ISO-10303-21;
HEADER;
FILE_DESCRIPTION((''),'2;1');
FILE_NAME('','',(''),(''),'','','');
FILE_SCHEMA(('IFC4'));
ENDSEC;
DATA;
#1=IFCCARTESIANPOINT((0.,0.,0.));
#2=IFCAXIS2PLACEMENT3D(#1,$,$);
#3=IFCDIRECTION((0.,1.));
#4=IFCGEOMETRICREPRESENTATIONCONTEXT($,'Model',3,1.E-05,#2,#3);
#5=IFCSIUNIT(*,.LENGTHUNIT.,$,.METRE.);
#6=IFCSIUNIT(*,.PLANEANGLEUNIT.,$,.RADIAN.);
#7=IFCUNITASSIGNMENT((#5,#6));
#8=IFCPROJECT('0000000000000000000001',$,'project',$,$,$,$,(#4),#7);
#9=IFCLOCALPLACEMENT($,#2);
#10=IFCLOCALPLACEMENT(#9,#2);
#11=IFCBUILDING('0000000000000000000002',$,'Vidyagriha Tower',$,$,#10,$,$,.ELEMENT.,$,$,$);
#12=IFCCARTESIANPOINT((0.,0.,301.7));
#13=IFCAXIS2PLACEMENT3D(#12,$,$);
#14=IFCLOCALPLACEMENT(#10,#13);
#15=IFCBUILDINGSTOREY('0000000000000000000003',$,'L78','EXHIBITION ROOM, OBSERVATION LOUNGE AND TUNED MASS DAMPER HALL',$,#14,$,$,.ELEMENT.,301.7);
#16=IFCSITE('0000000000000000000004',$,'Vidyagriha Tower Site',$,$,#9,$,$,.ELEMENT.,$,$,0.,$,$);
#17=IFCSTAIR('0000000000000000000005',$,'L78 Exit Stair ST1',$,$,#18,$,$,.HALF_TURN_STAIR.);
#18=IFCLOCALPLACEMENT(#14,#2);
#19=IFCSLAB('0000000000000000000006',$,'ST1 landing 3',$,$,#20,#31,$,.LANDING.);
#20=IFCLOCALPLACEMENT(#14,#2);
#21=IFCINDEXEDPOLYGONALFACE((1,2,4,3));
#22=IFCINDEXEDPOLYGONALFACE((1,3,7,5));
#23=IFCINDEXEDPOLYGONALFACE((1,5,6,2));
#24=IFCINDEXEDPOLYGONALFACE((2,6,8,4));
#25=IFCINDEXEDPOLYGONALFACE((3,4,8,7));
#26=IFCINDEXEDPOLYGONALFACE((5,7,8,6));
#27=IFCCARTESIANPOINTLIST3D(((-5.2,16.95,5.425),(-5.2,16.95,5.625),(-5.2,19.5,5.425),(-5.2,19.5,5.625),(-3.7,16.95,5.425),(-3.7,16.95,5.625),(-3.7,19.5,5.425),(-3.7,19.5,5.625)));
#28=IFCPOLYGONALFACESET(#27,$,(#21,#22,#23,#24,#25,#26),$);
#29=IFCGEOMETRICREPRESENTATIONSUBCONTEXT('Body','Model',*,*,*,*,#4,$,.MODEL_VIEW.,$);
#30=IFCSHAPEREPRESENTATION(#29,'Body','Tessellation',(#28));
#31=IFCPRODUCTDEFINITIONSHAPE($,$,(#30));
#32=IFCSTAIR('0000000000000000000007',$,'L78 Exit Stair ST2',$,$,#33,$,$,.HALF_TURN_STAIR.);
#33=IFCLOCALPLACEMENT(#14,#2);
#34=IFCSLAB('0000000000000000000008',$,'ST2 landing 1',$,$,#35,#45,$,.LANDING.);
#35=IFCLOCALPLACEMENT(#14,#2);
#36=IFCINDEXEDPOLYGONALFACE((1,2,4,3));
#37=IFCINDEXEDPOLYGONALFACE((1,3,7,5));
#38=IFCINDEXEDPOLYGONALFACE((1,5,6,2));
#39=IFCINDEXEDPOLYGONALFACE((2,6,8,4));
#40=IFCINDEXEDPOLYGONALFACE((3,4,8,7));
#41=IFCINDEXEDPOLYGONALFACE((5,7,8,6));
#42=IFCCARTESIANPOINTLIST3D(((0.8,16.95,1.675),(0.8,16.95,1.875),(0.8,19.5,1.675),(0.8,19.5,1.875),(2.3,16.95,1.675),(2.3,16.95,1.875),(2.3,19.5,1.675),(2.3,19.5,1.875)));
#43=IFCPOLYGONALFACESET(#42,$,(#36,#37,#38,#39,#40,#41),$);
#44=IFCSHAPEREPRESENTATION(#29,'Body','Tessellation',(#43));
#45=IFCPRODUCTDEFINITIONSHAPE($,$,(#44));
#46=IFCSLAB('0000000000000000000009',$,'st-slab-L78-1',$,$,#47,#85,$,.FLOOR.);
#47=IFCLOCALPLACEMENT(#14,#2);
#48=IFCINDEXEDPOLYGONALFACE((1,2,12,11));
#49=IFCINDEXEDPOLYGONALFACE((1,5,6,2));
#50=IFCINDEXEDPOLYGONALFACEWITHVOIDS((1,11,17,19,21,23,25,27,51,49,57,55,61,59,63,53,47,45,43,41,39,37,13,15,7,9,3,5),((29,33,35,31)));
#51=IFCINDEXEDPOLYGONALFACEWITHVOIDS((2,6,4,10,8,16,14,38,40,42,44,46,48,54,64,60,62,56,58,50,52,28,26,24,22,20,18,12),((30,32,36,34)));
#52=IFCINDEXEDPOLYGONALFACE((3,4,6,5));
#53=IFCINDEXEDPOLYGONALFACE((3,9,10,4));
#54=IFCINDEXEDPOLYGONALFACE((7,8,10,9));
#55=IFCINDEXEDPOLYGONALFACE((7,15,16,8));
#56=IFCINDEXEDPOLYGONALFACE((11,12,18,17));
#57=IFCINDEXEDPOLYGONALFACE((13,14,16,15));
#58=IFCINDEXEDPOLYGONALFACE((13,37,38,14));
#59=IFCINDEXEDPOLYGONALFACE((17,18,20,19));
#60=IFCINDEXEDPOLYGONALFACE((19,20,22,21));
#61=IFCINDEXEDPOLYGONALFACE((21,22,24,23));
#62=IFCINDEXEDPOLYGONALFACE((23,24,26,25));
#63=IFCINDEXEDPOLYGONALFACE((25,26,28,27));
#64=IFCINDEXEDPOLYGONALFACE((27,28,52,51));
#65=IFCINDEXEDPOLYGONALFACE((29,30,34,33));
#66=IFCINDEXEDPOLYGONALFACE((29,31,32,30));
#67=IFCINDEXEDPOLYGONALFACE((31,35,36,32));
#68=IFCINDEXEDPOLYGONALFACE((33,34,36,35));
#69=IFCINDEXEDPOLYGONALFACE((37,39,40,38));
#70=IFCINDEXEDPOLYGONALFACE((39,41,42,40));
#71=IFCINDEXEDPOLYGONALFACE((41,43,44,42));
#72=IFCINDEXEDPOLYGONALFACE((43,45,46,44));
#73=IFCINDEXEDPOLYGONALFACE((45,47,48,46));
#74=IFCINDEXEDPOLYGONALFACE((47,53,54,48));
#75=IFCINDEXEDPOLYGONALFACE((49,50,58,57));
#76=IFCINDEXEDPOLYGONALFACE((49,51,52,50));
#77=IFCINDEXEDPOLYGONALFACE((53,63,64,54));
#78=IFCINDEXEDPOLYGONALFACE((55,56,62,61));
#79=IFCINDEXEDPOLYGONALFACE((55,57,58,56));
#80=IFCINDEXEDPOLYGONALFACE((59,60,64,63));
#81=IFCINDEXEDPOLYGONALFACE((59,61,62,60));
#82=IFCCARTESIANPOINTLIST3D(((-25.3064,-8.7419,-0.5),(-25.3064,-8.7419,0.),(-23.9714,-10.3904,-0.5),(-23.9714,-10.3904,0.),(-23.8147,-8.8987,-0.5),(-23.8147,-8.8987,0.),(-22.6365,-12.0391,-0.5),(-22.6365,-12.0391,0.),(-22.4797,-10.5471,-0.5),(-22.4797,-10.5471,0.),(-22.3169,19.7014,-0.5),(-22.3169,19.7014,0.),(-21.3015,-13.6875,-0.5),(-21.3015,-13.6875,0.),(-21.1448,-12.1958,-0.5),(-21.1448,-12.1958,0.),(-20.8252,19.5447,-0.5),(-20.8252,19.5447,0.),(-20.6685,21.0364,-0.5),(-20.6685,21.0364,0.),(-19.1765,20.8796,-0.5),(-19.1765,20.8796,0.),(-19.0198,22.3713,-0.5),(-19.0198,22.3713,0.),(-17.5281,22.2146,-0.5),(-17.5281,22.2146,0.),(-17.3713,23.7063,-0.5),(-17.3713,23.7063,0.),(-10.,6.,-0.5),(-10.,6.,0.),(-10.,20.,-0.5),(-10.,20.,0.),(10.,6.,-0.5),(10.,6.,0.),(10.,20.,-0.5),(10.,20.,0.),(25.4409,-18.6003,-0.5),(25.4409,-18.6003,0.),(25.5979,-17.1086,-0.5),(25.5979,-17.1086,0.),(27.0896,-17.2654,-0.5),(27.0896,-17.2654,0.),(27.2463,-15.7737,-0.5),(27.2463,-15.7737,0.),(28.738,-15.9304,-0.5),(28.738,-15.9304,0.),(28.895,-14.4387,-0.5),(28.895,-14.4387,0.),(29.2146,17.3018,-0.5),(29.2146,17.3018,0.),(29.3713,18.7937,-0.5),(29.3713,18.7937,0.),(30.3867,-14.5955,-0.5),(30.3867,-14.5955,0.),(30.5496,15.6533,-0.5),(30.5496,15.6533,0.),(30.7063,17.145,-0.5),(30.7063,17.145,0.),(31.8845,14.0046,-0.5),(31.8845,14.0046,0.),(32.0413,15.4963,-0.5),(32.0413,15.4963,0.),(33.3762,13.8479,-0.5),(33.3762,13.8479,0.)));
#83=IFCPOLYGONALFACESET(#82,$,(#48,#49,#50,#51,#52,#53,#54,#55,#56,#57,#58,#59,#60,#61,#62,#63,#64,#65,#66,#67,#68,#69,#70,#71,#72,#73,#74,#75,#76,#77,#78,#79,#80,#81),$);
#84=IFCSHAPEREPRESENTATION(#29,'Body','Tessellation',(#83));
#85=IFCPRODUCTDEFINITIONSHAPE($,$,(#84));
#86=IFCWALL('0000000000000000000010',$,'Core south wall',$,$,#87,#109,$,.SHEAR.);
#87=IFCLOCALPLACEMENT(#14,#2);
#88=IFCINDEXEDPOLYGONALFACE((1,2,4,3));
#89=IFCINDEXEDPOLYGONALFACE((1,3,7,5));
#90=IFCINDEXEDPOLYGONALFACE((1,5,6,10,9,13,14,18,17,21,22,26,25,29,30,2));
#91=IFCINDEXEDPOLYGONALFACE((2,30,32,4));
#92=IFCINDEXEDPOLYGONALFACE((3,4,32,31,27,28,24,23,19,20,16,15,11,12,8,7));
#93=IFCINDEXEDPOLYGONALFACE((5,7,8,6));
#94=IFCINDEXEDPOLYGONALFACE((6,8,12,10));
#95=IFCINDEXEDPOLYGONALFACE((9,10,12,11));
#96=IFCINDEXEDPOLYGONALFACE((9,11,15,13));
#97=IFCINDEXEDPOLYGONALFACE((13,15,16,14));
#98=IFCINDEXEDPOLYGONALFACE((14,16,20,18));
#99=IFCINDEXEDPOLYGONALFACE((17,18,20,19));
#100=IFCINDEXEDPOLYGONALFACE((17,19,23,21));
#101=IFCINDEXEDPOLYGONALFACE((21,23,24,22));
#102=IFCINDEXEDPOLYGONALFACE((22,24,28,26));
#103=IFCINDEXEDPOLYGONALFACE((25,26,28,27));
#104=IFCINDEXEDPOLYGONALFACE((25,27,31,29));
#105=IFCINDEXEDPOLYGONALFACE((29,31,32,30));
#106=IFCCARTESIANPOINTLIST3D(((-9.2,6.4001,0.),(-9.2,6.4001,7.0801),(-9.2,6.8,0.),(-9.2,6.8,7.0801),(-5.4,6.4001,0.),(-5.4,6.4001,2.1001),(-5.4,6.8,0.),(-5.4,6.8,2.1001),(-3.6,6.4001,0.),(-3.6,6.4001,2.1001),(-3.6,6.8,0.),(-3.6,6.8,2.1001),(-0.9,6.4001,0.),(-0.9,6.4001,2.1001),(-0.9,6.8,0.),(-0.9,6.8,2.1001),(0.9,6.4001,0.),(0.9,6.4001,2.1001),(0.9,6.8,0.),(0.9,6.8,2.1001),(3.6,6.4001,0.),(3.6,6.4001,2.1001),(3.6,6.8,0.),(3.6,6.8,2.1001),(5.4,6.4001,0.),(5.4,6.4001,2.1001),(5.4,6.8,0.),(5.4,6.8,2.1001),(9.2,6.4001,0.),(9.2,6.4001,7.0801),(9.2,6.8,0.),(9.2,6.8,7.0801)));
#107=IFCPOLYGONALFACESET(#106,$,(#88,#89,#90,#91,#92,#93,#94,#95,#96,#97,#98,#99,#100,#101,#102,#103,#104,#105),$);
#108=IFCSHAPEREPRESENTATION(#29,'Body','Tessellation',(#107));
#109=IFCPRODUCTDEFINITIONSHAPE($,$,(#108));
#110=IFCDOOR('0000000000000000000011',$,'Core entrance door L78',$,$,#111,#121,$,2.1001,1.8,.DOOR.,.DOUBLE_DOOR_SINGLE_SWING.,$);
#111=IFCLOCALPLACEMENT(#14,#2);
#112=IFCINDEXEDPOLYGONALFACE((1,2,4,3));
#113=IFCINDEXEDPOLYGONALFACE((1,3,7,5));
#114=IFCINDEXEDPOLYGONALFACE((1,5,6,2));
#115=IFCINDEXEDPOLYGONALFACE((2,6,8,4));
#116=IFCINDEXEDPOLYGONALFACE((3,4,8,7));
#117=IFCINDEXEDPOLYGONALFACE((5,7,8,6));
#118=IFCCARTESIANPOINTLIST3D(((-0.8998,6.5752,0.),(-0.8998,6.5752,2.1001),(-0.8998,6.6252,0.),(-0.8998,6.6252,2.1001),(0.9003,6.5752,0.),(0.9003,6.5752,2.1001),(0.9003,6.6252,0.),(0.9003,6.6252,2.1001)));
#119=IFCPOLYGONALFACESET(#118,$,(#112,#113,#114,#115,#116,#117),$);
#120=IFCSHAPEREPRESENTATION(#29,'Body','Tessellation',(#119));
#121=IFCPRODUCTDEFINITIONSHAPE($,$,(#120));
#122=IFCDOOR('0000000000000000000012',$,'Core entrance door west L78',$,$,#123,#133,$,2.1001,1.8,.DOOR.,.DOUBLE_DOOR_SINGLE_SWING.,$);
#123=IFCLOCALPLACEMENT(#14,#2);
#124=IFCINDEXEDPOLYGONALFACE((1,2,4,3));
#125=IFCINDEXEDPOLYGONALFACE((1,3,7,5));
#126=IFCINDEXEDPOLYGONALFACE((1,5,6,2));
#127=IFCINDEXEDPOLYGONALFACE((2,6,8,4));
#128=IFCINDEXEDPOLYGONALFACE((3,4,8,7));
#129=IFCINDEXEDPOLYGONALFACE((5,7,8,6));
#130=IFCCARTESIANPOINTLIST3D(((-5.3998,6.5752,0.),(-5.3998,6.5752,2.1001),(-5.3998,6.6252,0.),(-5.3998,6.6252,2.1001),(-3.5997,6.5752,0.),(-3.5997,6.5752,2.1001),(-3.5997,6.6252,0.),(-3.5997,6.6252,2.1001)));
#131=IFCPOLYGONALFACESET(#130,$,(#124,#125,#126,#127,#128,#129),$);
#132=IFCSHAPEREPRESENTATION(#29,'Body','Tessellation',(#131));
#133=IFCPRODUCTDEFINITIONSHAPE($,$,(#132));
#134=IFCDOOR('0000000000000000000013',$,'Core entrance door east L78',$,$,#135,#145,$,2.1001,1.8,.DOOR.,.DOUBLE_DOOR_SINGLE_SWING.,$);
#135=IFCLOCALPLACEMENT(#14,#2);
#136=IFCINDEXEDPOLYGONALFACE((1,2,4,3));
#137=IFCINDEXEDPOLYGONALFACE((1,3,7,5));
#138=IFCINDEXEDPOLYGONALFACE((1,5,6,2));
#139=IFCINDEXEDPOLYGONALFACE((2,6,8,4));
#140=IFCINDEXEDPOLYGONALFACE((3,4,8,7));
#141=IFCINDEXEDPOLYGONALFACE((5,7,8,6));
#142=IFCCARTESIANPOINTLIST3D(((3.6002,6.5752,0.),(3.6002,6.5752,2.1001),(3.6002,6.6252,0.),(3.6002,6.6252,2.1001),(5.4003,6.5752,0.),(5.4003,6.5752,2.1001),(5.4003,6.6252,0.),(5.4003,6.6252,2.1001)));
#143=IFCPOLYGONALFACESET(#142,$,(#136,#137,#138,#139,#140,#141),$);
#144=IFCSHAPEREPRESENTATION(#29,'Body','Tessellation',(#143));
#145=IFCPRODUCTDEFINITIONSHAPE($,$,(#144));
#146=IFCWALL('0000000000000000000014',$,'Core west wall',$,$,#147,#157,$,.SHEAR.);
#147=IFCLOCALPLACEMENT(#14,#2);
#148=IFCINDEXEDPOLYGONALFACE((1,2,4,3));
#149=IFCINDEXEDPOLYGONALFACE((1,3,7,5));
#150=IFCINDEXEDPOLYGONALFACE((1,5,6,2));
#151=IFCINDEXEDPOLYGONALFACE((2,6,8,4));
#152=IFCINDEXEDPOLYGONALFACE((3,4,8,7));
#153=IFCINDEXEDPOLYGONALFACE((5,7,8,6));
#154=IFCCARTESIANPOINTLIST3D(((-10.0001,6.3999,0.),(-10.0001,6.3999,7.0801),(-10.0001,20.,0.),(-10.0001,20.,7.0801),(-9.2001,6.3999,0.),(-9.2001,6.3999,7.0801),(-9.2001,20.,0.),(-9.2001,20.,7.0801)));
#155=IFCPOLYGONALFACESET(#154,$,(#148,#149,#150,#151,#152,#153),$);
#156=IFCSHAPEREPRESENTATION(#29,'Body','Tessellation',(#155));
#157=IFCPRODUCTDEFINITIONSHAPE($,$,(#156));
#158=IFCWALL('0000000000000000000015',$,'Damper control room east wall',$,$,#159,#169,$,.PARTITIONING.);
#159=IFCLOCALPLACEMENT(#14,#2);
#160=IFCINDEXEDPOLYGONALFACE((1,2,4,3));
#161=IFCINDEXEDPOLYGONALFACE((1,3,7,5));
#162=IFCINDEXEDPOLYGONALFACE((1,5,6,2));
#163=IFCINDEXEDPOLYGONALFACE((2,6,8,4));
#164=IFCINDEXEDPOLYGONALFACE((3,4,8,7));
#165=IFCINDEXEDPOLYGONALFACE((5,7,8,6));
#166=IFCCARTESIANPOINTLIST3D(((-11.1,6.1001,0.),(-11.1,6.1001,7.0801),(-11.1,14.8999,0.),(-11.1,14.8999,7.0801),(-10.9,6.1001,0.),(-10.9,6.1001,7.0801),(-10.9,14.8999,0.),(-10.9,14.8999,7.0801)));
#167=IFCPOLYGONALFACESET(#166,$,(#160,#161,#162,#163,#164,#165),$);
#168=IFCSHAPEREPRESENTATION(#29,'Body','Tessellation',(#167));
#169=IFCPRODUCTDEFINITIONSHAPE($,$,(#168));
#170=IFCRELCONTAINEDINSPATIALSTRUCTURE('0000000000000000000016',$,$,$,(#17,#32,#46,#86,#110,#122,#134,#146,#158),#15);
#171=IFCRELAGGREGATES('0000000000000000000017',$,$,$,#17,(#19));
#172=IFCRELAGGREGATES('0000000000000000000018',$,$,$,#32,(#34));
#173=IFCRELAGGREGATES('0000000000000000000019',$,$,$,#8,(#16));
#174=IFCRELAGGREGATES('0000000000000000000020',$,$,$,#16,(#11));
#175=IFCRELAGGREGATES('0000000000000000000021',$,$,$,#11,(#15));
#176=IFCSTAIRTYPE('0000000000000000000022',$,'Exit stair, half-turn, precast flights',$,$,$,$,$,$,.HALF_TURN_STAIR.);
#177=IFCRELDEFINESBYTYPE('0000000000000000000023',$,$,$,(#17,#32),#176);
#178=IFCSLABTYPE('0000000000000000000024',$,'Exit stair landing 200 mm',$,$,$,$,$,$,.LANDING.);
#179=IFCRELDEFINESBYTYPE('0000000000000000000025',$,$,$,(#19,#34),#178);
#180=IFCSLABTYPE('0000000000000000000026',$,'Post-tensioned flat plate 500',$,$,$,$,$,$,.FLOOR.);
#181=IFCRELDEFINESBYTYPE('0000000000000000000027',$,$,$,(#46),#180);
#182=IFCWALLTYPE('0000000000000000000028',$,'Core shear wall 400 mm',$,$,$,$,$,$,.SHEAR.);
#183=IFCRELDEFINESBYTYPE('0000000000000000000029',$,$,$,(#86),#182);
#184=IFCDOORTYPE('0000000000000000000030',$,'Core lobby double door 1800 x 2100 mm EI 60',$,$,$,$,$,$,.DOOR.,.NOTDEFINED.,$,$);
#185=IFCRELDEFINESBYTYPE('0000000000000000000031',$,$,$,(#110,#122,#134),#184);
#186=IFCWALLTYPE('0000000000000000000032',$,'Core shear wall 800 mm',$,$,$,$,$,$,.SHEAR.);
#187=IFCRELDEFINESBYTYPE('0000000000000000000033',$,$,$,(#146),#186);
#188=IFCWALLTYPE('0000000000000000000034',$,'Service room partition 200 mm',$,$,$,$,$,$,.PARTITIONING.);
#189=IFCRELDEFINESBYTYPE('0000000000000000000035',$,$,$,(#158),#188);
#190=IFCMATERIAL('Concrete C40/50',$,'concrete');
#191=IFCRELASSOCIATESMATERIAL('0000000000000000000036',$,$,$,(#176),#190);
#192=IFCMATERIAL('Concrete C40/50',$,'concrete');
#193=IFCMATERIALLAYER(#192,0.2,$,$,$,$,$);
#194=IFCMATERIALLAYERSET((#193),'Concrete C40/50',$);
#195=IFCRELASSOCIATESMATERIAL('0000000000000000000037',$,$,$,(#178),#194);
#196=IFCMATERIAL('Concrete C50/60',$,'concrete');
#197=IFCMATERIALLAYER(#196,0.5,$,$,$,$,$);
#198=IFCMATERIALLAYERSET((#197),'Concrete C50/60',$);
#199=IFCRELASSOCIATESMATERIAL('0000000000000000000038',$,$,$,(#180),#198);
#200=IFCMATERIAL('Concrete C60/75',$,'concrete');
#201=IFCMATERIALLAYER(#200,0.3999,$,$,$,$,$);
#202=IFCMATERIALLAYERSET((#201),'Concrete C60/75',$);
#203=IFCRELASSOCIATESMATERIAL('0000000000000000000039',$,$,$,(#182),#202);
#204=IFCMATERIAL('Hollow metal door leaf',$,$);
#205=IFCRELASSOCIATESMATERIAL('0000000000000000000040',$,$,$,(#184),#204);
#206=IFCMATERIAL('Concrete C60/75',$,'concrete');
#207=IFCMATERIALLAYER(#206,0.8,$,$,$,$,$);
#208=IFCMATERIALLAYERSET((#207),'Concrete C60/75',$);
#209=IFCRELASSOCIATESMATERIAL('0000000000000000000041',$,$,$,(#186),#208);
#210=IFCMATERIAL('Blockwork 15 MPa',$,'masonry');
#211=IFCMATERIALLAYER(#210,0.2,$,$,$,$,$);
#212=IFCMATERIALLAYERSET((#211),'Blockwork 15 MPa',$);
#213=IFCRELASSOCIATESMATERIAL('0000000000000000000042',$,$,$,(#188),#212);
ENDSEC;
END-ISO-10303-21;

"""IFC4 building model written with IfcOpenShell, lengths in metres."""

from ifc_helpers import new_model, si_unit, direction, frame, frame_2d, origin, place, context, subcontext, project, spatial, polyline, rectangle, outline, extrude, material, layer, layer_set, type_object, element, fill, aggregate, save


model = new_model("IFC4")

# Units and contexts
model_context = context("Model", 3, precision=1e-05, world=origin(), true_north=direction((0.0, 1.0)))
body_context = subcontext(model_context, "Body", "Model", "MODEL_VIEW")
ifc_project = project(units=[si_unit("LENGTHUNIT", "METRE"), si_unit("PLANEANGLEUNIT", "RADIAN")], contexts=[model_context])

# Site, building, storey
site_placement = place(None, origin())
site = spatial("IfcSite", under=ifc_project, at=site_placement, Name="Vidyagriha Tower Site", CompositionType="ELEMENT", RefElevation=0.0)
building_placement = place(site_placement, origin())
building = spatial("IfcBuilding", under=site, at=building_placement, Name="Vidyagriha Tower", CompositionType="ELEMENT")
storey_placement = place(building_placement, frame((0.0, 0.0, 301.7)))
storey = spatial("IfcBuildingStorey", under=building, at=storey_placement, Name="L78", Description="EXHIBITION ROOM, OBSERVATION LOUNGE AND TUNED MASS DAMPER HALL", CompositionType="ELEMENT", Elevation=301.7)

# Stair, slab
ifc_material_1 = material(Name="Concrete C40/50", Category="concrete")
stair_type = type_object("IfcStairType", Name="Exit stair, half-turn, precast flights", PredefinedType="HALF_TURN_STAIR", material=ifc_material_1)
stair_1_placement = place(storey_placement, origin())
stair_1 = element("IfcStair", 1, at=stair_1_placement, inside=storey, type_object=stair_type, Name="L78 Exit Stair ST1", PredefinedType="HALF_TURN_STAIR")
ifc_material_2 = material(Name="Concrete C40/50", Category="concrete")
ifc_layer_1 = layer(ifc_material_2, 0.2)
ifc_layer_set_1 = layer_set([ifc_layer_1], Name="Concrete C40/50")
slab_type_1 = type_object("IfcSlabType", Name="Exit stair landing 200 mm", PredefinedType="LANDING", material=ifc_layer_set_1)
slab_1_placement = place(storey_placement, frame((0.0, 0.0, 5.425)))
slab_1 = element("IfcSlab", 2, at=slab_1_placement, type_object=slab_type_1, Name="ST1 landing 3", PredefinedType="LANDING", context=body_context, shape_type="SweptSolid", body=[
    extrude(outline(polyline([(-5.2, 16.95), (-3.7, 16.95), (-3.7, 19.5), (-5.2, 19.5), (-5.2, 16.95)])), origin(), (0.0, 0.0, 1.0), 0.2),
])
aggregate(stair_1, [slab_1])

# Stair, slab
stair_2_placement = place(storey_placement, origin())
stair_2 = element("IfcStair", 3, at=stair_2_placement, inside=storey, type_object=stair_type, Name="L78 Exit Stair ST2", PredefinedType="HALF_TURN_STAIR")
slab_2_placement = place(storey_placement, frame((0.0, 0.0, 1.675)))
slab_2 = element("IfcSlab", 4, at=slab_2_placement, type_object=slab_type_1, Name="ST2 landing 1", PredefinedType="LANDING", context=body_context, shape_type="SweptSolid", body=[
    extrude(outline(polyline([(0.8, 16.95), (2.3, 16.95), (2.3, 19.5), (0.8, 19.5), (0.8, 16.95)])), origin(), (0.0, 0.0, 1.0), 0.2),
])
aggregate(stair_2, [slab_2])

# Slab
ifc_material_3 = material(Name="Concrete C50/60", Category="concrete")
ifc_layer_2 = layer(ifc_material_3, 0.5)
ifc_layer_set_2 = layer_set([ifc_layer_2], Name="Concrete C50/60")
slab_type_2 = type_object("IfcSlabType", Name="Post-tensioned flat plate 500", PredefinedType="FLOOR", material=ifc_layer_set_2)
slab_3_placement = place(storey_placement, frame((0.0, 0.0, -0.5)))
element("IfcSlab", 5, at=slab_3_placement, inside=storey, type_object=slab_type_2, Name="st-slab-L78-1", PredefinedType="FLOOR", context=body_context, shape_type="SweptSolid", body=[
    extrude(outline(polyline([(28.895, -14.4387), (28.738, -15.9304), (27.2463, -15.7737), (27.0896, -17.2654), (25.5979, -17.1086), (25.4409, -18.6003), (-21.3015, -13.6875), (-21.1448, -12.1958), (-22.6365, -12.0391), (-22.4797, -10.5471), (-23.9714, -10.3904), (-23.8147, -8.8987), (-25.3064, -8.7419), (-22.3169, 19.7014), (-20.8252, 19.5447), (-20.6685, 21.0364), (-19.1765, 20.8796), (-19.0198, 22.3713), (-17.5281, 22.2146), (-17.3713, 23.7063), (29.3713, 18.7937), (29.2146, 17.3018), (30.7063, 17.145), (30.5496, 15.6533), (32.0413, 15.4963), (31.8845, 14.0046), (33.3762, 13.8479), (30.3867, -14.5955), (28.895, -14.4387)]), holes=[polyline([(10.0, 20.0), (-10.0, 20.0), (-10.0, 6.0), (10.0, 6.0), (10.0, 20.0)])]), origin(), (0.0, 0.0, 1.0), 0.5),
])

# Wall, openings, doors
ifc_material_4 = material(Name="Concrete C60/75", Category="concrete")
ifc_layer_3 = layer(ifc_material_4, 0.3999)
ifc_layer_set_3 = layer_set([ifc_layer_3], Name="Concrete C60/75")
wall_type_1 = type_object("IfcWallType", Name="Core shear wall 400 mm", PredefinedType="SHEAR", material=ifc_layer_set_3)
wall_1_placement = place(storey_placement, frame((-9.2, 6.6001, 0.0)))
wall_1 = element("IfcWall", 6, at=wall_1_placement, inside=storey, type_object=wall_type_1, Name="Core south wall", PredefinedType="SHEAR", context=body_context, shape_type="SweptSolid", body=[
    extrude(rectangle(XDim=18.3999, YDim=0.3999, at=frame_2d((9.2, 0.0))), origin(), (0.0, 0.0, 1.0), 7.0801),
])
opening_1_placement = place(wall_1_placement, frame((8.3, 0.0, 0.0)))
opening_1 = element("IfcOpeningElement", 7, at=opening_1_placement, cuts=wall_1, PredefinedType="OPENING", context=body_context, shape_type="SweptSolid", body=[
    extrude(rectangle(XDim=1.8, YDim=2.1001, at=frame_2d((0.8999, 1.05))), frame((0.0, 0.21, 0.0), z_axis=(0.0, -1.0, 0.0), x_axis=(1.0, 0.0, 0.0)), (0.0, 0.0, 1.0), 0.4199),
])
opening_2_placement = place(wall_1_placement, frame((3.8, 0.0, 0.0)))
opening_2 = element("IfcOpeningElement", 8, at=opening_2_placement, cuts=wall_1, PredefinedType="OPENING", context=body_context, shape_type="SweptSolid", body=[
    extrude(rectangle(XDim=1.8, YDim=2.1001, at=frame_2d((0.8999, 1.05))), frame((0.0, 0.21, 0.0), z_axis=(0.0, -1.0, 0.0), x_axis=(1.0, 0.0, 0.0)), (0.0, 0.0, 1.0), 0.4199),
])
opening_3_placement = place(wall_1_placement, frame((12.8, 0.0, 0.0)))
opening_3 = element("IfcOpeningElement", 9, at=opening_3_placement, cuts=wall_1, PredefinedType="OPENING", context=body_context, shape_type="SweptSolid", body=[
    extrude(rectangle(XDim=1.8, YDim=2.1001, at=frame_2d((0.8999, 1.05))), frame((0.0, 0.21, 0.0), z_axis=(0.0, -1.0, 0.0), x_axis=(1.0, 0.0, 0.0)), (0.0, 0.0, 1.0), 0.4199),
])
ifc_material_5 = material(Name="Hollow metal door leaf")
door_type_1 = type_object("IfcDoorType", Name="Core lobby double door 1800 x 2100 mm EI 60", OperationType="NOTDEFINED", PredefinedType="DOOR", material=ifc_material_5)
door_1_placement = place(opening_1_placement, frame((1.8, 0.0, 0.0), z_axis=(0.0, 0.0, 1.0), x_axis=(-1.0, 0.0, 0.0)))
door_1 = element("IfcDoor", 10, at=door_1_placement, inside=storey, type_object=door_type_1, Name="Core entrance door L78", OperationType="DOUBLE_DOOR_SINGLE_SWING", OverallHeight=2.1001, OverallWidth=1.8, PredefinedType="DOOR", context=body_context, shape_type="SweptSolid", body=[
    extrude(rectangle(XDim=1.8, YDim=2.1001, at=frame_2d((0.8999, 1.05))), frame((0.0, 0.0249, 0.0), z_axis=(0.0, -1.0, 0.0), x_axis=(1.0, 0.0, 0.0)), (0.0, 0.0, 1.0), 0.05),
])
fill(opening_1, door_1)
door_2_placement = place(opening_2_placement, frame((1.8, 0.0, 0.0), z_axis=(0.0, 0.0, 1.0), x_axis=(-1.0, 0.0, 0.0)))
door_2 = element("IfcDoor", 11, at=door_2_placement, inside=storey, type_object=door_type_1, Name="Core entrance door west L78", OperationType="DOUBLE_DOOR_SINGLE_SWING", OverallHeight=2.1001, OverallWidth=1.8, PredefinedType="DOOR", context=body_context, shape_type="SweptSolid", body=[
    extrude(rectangle(XDim=1.8, YDim=2.1001, at=frame_2d((0.8999, 1.05))), frame((0.0, 0.0249, 0.0), z_axis=(0.0, -1.0, 0.0), x_axis=(1.0, 0.0, 0.0)), (0.0, 0.0, 1.0), 0.05),
])
fill(opening_2, door_2)
door_3_placement = place(opening_3_placement, frame((1.8, 0.0, 0.0), z_axis=(0.0, 0.0, 1.0), x_axis=(-1.0, 0.0, 0.0)))
door_3 = element("IfcDoor", 12, at=door_3_placement, inside=storey, type_object=door_type_1, Name="Core entrance door east L78", OperationType="DOUBLE_DOOR_SINGLE_SWING", OverallHeight=2.1001, OverallWidth=1.8, PredefinedType="DOOR", context=body_context, shape_type="SweptSolid", body=[
    extrude(rectangle(XDim=1.8, YDim=2.1001, at=frame_2d((0.8999, 1.05))), frame((0.0, 0.0249, 0.0), z_axis=(0.0, -1.0, 0.0), x_axis=(1.0, 0.0, 0.0)), (0.0, 0.0, 1.0), 0.05),
])
fill(opening_3, door_3)

# Walls
ifc_material_6 = material(Name="Concrete C60/75", Category="concrete")
ifc_layer_4 = layer(ifc_material_6, 0.8)
ifc_layer_set_4 = layer_set([ifc_layer_4], Name="Concrete C60/75")
wall_type_2 = type_object("IfcWallType", Name="Core shear wall 800 mm", PredefinedType="SHEAR", material=ifc_layer_set_4)
wall_2_placement = place(storey_placement, frame((-9.6001, 6.3999, 0.0), z_axis=(0.0, 0.0, 1.0), x_axis=(0.0, 1.0, 0.0)))
element("IfcWall", 13, at=wall_2_placement, inside=storey, type_object=wall_type_2, Name="Core west wall", PredefinedType="SHEAR", context=body_context, shape_type="SweptSolid", body=[
    extrude(rectangle(XDim=13.6001, YDim=0.8, at=frame_2d((6.8, 0.0))), origin(), (0.0, 0.0, 1.0), 7.0801),
])
ifc_material_7 = material(Name="Blockwork 15 MPa", Category="masonry")
ifc_layer_5 = layer(ifc_material_7, 0.2)
ifc_layer_set_5 = layer_set([ifc_layer_5], Name="Blockwork 15 MPa")
wall_type_3 = type_object("IfcWallType", Name="Service room partition 200 mm", PredefinedType="PARTITIONING", material=ifc_layer_set_5)
wall_3_placement = place(storey_placement, frame((-11.0, 6.1001, 0.0), z_axis=(0.0, 0.0, 1.0), x_axis=(0.0, 1.0, 0.0)))
element("IfcWall", 14, at=wall_3_placement, inside=storey, type_object=wall_type_3, Name="Damper control room east wall", PredefinedType="PARTITIONING", context=body_context, shape_type="SweptSolid", body=[
    extrude(rectangle(XDim=8.7998, YDim=0.2, at=frame_2d((4.3999, 0.0))), origin(), (0.0, 0.0, 1.0), 7.0801),
])

save(model, "model.ifc")
